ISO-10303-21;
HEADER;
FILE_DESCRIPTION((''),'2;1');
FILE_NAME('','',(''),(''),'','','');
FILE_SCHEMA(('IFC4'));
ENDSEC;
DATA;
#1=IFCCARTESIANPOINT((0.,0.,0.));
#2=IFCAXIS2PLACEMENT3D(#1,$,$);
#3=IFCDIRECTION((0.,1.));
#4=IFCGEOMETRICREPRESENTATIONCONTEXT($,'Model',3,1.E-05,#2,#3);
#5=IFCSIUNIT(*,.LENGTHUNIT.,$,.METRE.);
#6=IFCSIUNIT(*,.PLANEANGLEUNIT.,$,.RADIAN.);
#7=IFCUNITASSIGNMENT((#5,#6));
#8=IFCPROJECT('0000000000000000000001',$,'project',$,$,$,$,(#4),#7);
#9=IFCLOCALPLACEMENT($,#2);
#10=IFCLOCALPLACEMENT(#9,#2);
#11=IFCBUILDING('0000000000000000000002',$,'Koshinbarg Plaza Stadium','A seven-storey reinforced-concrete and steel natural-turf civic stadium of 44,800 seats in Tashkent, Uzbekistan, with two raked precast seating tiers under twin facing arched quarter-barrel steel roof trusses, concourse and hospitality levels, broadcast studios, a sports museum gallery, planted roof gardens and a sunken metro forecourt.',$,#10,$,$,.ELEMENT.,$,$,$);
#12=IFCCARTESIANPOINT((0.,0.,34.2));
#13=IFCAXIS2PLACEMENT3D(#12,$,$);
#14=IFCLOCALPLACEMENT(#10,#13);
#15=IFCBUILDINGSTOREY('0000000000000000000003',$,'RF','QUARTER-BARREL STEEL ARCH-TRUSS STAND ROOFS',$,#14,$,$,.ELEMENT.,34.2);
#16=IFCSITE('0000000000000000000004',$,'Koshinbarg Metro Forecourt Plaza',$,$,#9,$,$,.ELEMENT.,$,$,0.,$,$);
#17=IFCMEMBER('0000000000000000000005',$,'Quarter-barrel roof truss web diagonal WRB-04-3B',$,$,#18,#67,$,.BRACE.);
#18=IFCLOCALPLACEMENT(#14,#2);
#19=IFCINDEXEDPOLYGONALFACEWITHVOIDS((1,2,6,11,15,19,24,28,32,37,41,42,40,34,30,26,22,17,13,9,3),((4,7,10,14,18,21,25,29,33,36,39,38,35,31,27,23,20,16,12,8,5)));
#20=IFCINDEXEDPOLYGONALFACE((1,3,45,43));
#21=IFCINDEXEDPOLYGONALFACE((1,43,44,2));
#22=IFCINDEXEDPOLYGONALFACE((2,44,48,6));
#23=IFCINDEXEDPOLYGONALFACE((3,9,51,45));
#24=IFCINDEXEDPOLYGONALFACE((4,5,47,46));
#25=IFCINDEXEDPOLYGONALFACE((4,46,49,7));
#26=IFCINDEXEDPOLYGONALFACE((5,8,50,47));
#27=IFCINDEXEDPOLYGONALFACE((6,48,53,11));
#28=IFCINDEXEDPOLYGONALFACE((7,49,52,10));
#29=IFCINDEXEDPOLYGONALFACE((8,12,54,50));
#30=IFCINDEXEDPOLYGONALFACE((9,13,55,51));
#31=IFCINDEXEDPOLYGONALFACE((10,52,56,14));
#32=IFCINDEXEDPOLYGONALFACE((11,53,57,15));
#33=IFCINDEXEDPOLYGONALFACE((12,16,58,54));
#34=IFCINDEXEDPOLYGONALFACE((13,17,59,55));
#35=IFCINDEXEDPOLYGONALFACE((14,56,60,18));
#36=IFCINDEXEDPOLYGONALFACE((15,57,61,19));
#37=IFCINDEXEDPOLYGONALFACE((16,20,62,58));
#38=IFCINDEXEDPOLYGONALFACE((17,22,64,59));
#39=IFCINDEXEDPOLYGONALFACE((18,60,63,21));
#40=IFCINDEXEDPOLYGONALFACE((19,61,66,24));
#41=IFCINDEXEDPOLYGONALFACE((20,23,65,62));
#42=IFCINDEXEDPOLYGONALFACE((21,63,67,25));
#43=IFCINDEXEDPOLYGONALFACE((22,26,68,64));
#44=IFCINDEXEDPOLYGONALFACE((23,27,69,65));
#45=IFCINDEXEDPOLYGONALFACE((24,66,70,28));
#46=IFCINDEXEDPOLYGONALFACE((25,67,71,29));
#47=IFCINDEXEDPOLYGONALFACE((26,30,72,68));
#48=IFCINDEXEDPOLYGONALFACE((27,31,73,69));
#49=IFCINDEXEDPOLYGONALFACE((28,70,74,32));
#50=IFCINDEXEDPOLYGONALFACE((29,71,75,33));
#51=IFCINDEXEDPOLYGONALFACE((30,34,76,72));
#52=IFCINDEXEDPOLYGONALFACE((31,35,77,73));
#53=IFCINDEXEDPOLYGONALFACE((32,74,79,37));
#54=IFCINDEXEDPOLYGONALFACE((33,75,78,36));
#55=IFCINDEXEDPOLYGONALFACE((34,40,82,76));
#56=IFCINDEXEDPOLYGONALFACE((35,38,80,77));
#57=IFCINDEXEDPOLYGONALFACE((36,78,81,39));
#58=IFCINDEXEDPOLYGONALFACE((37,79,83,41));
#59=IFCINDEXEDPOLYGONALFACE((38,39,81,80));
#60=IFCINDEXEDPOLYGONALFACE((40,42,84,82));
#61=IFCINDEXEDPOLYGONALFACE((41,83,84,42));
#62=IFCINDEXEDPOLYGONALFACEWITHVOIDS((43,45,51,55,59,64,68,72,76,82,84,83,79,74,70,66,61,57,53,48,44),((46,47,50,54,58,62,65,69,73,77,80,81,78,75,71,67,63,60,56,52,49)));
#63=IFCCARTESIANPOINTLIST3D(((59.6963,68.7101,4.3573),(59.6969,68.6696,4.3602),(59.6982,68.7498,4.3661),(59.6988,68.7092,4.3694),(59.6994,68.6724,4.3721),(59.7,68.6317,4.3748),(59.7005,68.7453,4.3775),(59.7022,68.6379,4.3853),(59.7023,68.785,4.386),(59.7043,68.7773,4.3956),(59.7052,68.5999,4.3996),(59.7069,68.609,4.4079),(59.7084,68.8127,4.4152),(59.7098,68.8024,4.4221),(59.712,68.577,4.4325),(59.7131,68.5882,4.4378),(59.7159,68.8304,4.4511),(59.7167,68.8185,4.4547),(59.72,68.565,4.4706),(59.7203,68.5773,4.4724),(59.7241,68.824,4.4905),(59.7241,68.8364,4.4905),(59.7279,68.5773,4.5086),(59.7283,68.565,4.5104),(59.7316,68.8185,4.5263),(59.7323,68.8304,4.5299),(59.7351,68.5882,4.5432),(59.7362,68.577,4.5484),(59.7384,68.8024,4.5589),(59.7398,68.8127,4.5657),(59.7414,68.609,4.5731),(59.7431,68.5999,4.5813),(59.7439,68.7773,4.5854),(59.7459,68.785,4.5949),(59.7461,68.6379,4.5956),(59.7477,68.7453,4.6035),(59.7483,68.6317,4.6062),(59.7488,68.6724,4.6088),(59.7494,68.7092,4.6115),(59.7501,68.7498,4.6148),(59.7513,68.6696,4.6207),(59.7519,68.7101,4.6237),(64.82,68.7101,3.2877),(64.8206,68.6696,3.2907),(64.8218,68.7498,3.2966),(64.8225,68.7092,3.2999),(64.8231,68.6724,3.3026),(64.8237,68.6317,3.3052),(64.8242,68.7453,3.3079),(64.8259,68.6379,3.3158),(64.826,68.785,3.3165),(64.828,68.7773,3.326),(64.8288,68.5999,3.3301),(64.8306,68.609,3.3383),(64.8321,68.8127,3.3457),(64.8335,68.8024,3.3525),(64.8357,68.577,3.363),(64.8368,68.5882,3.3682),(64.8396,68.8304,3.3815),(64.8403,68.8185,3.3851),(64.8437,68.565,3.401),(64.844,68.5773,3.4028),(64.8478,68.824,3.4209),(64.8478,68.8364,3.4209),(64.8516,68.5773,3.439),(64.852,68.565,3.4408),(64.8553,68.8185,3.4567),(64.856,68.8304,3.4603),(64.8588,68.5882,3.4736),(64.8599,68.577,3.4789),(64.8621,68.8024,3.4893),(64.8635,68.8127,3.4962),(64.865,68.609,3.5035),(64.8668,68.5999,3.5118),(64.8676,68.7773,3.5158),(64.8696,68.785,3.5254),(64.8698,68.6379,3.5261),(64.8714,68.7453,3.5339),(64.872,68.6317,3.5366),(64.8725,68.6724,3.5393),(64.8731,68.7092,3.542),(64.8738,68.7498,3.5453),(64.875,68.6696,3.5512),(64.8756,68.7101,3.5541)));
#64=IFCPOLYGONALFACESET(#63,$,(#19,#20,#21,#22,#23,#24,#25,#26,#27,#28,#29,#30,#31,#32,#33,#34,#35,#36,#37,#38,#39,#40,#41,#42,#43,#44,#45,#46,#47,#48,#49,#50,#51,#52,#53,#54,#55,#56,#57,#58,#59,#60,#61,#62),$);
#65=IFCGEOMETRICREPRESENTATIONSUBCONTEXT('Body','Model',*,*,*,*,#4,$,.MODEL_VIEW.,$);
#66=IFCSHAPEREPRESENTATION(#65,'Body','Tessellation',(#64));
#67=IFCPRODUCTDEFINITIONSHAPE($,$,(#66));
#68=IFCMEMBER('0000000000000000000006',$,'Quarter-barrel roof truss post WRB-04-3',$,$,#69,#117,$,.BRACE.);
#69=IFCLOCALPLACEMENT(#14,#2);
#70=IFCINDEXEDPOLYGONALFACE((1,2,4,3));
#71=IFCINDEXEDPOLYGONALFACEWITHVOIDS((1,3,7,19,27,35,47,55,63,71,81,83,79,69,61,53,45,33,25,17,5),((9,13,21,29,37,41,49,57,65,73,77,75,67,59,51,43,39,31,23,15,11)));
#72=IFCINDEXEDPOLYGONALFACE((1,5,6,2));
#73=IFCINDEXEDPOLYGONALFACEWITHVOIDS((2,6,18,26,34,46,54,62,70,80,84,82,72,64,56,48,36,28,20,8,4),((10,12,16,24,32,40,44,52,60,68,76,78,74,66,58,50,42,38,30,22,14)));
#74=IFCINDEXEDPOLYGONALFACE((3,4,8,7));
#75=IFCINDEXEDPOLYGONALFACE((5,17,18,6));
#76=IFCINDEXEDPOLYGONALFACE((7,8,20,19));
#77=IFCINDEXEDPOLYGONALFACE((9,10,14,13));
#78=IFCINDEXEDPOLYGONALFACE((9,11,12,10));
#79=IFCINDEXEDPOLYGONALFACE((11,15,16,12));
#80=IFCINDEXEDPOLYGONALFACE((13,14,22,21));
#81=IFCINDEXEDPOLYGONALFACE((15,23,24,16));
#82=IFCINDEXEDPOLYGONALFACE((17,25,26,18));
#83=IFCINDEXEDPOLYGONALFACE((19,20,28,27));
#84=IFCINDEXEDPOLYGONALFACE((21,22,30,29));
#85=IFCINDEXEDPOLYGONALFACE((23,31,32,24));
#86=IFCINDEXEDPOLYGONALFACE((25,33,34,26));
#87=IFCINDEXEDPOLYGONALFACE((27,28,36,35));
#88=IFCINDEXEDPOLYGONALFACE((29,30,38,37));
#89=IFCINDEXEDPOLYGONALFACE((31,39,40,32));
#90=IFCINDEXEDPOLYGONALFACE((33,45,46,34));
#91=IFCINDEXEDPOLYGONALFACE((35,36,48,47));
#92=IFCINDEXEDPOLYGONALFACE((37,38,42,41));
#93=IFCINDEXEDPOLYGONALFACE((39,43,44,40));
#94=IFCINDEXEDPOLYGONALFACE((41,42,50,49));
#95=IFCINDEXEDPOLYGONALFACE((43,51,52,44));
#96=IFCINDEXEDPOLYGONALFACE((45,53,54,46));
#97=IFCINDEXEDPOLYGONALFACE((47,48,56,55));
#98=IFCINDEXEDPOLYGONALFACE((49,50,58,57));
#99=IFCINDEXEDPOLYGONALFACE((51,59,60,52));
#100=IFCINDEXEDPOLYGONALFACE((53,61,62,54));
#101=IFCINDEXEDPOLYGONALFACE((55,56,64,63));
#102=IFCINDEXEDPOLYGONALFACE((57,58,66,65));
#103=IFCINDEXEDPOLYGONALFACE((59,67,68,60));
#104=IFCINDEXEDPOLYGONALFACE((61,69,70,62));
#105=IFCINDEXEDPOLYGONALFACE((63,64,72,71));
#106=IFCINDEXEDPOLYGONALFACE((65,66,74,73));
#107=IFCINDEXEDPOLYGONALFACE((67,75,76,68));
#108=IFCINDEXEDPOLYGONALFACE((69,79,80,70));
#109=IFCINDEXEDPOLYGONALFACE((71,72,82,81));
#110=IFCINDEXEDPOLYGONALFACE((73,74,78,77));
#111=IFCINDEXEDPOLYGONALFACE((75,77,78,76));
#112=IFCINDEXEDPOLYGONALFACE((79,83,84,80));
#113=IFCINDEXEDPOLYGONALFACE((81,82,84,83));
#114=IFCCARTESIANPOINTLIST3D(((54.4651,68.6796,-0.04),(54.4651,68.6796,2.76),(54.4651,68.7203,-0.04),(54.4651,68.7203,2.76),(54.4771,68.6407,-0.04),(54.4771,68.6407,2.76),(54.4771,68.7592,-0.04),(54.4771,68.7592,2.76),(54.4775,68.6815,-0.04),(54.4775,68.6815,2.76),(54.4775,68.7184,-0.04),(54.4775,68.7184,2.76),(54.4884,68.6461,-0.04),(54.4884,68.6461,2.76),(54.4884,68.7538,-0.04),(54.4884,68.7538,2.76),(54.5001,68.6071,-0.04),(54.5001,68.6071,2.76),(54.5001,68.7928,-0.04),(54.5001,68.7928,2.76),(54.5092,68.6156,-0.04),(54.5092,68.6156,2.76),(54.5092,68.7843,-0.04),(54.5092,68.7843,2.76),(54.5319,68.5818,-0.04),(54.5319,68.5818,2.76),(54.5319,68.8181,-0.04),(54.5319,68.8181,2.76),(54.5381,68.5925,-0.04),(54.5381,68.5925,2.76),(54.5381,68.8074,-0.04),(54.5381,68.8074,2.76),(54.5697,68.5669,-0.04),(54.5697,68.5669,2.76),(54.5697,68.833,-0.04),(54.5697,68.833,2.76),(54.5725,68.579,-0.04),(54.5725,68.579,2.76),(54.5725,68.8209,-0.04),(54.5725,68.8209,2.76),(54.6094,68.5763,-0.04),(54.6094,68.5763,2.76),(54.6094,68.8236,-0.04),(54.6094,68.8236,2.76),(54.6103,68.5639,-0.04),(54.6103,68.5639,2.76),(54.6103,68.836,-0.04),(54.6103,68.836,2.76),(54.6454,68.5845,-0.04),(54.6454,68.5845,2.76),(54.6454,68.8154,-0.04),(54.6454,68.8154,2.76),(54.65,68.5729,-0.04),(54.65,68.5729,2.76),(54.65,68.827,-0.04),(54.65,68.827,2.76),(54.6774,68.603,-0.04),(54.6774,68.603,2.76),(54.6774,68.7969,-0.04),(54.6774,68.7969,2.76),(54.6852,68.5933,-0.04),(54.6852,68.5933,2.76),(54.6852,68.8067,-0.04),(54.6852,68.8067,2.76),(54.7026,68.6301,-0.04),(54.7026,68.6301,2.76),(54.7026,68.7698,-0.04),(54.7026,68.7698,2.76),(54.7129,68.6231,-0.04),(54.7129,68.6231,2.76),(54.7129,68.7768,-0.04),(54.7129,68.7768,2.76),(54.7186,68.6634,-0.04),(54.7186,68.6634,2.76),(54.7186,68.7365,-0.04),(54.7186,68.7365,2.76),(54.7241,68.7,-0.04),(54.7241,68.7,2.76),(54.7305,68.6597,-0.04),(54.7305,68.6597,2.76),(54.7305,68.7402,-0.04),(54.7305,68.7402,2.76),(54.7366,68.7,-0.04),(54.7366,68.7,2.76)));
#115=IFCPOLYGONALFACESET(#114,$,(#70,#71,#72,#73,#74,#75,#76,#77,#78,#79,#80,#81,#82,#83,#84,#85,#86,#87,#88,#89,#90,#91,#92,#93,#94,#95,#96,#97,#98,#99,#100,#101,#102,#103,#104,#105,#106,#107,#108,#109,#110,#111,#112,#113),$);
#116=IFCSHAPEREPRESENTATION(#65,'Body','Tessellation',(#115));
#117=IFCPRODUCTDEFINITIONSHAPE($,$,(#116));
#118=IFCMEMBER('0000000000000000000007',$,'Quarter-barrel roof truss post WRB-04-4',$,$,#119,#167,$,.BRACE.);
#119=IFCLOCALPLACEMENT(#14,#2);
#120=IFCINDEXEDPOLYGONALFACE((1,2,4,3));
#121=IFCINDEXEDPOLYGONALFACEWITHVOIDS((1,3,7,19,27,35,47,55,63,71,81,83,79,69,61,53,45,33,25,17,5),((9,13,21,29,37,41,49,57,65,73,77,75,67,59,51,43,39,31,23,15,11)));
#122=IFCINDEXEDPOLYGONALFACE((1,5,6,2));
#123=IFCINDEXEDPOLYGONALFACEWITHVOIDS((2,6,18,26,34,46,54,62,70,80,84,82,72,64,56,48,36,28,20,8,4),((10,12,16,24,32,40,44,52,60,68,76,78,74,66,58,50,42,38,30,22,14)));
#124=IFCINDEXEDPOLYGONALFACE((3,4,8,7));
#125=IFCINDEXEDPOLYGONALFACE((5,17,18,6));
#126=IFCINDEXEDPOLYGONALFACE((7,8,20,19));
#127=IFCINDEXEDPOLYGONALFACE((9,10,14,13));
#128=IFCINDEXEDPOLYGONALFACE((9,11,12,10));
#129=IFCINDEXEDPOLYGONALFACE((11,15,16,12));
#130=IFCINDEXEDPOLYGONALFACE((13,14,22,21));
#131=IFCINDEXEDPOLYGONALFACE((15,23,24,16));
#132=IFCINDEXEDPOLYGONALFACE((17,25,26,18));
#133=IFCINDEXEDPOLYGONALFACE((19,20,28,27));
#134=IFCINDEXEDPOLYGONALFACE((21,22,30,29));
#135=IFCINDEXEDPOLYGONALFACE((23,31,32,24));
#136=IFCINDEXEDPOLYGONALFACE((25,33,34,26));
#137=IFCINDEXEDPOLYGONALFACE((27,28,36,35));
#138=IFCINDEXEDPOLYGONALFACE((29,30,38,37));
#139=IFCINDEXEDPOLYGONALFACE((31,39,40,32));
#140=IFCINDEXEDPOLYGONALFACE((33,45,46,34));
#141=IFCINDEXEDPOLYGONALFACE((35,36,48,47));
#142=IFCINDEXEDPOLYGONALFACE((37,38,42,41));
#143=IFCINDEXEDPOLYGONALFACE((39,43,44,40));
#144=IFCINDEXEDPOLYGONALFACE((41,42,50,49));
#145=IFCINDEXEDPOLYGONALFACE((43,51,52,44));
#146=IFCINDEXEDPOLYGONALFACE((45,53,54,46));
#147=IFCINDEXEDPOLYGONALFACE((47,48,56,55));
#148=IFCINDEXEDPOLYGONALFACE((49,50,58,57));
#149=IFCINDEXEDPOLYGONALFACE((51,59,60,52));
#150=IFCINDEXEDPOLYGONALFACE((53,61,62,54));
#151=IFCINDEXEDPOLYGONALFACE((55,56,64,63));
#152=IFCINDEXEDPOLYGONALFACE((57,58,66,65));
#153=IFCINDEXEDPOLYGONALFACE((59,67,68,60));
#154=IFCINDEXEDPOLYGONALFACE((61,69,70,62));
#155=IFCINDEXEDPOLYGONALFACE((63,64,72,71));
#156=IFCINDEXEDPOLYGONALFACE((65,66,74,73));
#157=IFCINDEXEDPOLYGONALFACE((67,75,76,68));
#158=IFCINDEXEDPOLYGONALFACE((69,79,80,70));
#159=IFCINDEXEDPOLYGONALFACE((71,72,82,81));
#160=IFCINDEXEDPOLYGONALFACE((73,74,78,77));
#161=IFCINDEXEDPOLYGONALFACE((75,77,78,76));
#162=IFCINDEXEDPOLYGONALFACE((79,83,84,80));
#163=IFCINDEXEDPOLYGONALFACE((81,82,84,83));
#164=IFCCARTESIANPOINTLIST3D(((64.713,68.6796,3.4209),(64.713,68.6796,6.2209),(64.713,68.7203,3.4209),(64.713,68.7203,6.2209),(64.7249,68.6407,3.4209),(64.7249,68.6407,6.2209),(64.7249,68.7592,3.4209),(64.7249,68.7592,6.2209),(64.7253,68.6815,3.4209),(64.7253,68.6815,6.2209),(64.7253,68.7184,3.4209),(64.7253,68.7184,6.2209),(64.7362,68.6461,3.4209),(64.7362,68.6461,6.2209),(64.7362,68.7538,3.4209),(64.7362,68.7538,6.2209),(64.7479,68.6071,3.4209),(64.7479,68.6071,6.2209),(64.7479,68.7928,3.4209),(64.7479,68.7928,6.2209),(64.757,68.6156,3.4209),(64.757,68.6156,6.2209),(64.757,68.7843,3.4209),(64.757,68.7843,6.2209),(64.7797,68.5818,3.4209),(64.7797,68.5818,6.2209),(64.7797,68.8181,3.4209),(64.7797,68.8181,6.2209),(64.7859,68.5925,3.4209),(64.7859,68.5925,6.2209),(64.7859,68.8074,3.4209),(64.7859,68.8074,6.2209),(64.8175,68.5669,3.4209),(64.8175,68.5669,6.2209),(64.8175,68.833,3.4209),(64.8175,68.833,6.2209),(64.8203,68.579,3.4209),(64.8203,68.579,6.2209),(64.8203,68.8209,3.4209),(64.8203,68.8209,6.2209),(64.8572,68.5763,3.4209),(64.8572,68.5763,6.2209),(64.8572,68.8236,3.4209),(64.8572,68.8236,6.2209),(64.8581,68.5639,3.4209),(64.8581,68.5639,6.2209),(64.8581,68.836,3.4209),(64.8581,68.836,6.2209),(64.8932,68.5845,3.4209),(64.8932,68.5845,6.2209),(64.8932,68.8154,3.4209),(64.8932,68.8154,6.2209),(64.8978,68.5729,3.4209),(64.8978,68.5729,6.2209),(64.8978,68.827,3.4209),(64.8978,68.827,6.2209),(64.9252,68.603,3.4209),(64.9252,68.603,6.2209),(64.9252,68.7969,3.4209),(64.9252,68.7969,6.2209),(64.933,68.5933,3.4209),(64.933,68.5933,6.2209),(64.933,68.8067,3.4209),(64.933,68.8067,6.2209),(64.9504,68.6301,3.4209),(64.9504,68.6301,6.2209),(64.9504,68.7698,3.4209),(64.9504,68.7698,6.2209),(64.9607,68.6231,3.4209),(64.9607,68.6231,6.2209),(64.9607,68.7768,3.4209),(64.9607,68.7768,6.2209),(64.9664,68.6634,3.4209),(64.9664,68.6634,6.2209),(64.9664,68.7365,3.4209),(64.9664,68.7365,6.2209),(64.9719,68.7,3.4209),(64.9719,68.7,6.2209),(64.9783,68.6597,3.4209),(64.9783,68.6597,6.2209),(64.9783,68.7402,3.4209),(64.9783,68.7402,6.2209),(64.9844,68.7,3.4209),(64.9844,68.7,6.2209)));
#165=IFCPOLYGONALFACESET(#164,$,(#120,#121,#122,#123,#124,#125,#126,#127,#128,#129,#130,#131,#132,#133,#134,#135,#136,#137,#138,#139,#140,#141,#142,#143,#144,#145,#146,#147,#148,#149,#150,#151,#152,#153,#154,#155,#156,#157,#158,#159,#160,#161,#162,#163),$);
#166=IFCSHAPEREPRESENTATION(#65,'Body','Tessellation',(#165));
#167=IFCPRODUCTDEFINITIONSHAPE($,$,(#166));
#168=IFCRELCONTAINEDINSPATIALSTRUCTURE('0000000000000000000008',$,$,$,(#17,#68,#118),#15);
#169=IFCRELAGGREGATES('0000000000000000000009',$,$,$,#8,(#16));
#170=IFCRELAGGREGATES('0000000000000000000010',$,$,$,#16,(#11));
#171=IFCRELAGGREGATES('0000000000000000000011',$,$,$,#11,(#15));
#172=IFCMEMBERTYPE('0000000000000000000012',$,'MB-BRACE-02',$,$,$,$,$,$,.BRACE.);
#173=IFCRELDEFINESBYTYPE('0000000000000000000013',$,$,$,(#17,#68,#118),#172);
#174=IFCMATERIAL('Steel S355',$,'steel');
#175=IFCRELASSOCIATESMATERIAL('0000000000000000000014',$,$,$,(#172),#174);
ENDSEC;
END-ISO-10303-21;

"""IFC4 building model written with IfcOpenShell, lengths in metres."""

from ifc_helpers import new_model, si_unit, direction, frame, origin, origin_2d, place, context, subcontext, project, spatial, hollow_circle, extrude, material, material_profile, profile_set, type_object, element, save


model = new_model("IFC4")

# Units and contexts
model_context = context("Model", 3, precision=1e-05, world=origin(), true_north=direction((0.0, 1.0)))
body_context = subcontext(model_context, "Body", "Model", "MODEL_VIEW")
ifc_project = project(units=[si_unit("LENGTHUNIT", "METRE"), si_unit("PLANEANGLEUNIT", "RADIAN")], contexts=[model_context])

# Site, building, storey
site_placement = place(None, origin())
site = spatial("IfcSite", under=ifc_project, at=site_placement, Name="Koshinbarg Metro Forecourt Plaza", CompositionType="ELEMENT", RefElevation=0.0)
building_placement = place(site_placement, origin())
building = spatial("IfcBuilding", under=site, at=building_placement, Name="Koshinbarg Plaza Stadium", Description="A seven-storey reinforced-concrete and steel natural-turf civic stadium of 44,800 seats in Tashkent, Uzbekistan, with two raked precast seating tiers under twin facing arched quarter-barrel steel roof trusses, concourse and hospitality levels, broadcast studios, a sports museum gallery, planted roof gardens and a sunken metro forecourt.", CompositionType="ELEMENT")
storey_placement = place(building_placement, frame((0.0, 0.0, 34.2)))
storey = spatial("IfcBuildingStorey", under=building, at=storey_placement, Name="RF", Description="QUARTER-BARREL STEEL ARCH-TRUSS STAND ROOFS", CompositionType="ELEMENT", Elevation=34.2)

# Members
ifc_material_1 = material(Name="Steel S355", Category="steel")
ifc_material_profile_1 = material_profile(ifc_material_1, hollow_circle(Radius=0.1365, WallThickness=0.0125, at=origin_2d()), Name="CHS 273x12.5")
ifc_profile_set_1 = profile_set([ifc_material_profile_1], Name="Steel S355")
member_type_1 = type_object("IfcMemberType", Name="MB-BRACE-02", PredefinedType="BRACE", material=ifc_profile_set_1)
member_1_placement = place(storey_placement, frame((59.7241, 68.7, 4.4905), z_axis=(0.978899, 0.0, -0.204344), x_axis=(0.0, 1.0, 0.0)))
element("IfcMember", 1, at=member_1_placement, inside=storey, type_object=member_type_1, Name="Quarter-barrel roof truss web diagonal WRB-04-3B", PredefinedType="BRACE", context=body_context, shape_type="SweptSolid", body=[
    extrude(hollow_circle(Radius=0.1365, WallThickness=0.0125, at=origin_2d()), origin(), (0.0, 0.0, 1.0), 5.2341),
])
for number, where, z_axis, x_axis, name in (
    (2, (54.6001, 68.7, -0.04), (0.0, 0.0, 1.0), (1.0, 0.0, 0.0), "Quarter-barrel roof truss post WRB-04-3"),
    (3, (64.8479, 68.7, 3.4209), (0.0, 0.0, 1.0), (1.0, 0.0, 0.0), "Quarter-barrel roof truss post WRB-04-4"),
):
    element("IfcMember", number, at=place(storey_placement, frame(where, z_axis=z_axis, x_axis=x_axis)), inside=storey, type_object=member_type_1, Name=name, PredefinedType="BRACE", context=body_context, shape_type="SweptSolid", body=[
        extrude(hollow_circle(Radius=0.1365, WallThickness=0.0125, at=origin_2d()), origin(), (0.0, 0.0, 1.0), 2.8),
    ])

save(model, "model.ifc")
